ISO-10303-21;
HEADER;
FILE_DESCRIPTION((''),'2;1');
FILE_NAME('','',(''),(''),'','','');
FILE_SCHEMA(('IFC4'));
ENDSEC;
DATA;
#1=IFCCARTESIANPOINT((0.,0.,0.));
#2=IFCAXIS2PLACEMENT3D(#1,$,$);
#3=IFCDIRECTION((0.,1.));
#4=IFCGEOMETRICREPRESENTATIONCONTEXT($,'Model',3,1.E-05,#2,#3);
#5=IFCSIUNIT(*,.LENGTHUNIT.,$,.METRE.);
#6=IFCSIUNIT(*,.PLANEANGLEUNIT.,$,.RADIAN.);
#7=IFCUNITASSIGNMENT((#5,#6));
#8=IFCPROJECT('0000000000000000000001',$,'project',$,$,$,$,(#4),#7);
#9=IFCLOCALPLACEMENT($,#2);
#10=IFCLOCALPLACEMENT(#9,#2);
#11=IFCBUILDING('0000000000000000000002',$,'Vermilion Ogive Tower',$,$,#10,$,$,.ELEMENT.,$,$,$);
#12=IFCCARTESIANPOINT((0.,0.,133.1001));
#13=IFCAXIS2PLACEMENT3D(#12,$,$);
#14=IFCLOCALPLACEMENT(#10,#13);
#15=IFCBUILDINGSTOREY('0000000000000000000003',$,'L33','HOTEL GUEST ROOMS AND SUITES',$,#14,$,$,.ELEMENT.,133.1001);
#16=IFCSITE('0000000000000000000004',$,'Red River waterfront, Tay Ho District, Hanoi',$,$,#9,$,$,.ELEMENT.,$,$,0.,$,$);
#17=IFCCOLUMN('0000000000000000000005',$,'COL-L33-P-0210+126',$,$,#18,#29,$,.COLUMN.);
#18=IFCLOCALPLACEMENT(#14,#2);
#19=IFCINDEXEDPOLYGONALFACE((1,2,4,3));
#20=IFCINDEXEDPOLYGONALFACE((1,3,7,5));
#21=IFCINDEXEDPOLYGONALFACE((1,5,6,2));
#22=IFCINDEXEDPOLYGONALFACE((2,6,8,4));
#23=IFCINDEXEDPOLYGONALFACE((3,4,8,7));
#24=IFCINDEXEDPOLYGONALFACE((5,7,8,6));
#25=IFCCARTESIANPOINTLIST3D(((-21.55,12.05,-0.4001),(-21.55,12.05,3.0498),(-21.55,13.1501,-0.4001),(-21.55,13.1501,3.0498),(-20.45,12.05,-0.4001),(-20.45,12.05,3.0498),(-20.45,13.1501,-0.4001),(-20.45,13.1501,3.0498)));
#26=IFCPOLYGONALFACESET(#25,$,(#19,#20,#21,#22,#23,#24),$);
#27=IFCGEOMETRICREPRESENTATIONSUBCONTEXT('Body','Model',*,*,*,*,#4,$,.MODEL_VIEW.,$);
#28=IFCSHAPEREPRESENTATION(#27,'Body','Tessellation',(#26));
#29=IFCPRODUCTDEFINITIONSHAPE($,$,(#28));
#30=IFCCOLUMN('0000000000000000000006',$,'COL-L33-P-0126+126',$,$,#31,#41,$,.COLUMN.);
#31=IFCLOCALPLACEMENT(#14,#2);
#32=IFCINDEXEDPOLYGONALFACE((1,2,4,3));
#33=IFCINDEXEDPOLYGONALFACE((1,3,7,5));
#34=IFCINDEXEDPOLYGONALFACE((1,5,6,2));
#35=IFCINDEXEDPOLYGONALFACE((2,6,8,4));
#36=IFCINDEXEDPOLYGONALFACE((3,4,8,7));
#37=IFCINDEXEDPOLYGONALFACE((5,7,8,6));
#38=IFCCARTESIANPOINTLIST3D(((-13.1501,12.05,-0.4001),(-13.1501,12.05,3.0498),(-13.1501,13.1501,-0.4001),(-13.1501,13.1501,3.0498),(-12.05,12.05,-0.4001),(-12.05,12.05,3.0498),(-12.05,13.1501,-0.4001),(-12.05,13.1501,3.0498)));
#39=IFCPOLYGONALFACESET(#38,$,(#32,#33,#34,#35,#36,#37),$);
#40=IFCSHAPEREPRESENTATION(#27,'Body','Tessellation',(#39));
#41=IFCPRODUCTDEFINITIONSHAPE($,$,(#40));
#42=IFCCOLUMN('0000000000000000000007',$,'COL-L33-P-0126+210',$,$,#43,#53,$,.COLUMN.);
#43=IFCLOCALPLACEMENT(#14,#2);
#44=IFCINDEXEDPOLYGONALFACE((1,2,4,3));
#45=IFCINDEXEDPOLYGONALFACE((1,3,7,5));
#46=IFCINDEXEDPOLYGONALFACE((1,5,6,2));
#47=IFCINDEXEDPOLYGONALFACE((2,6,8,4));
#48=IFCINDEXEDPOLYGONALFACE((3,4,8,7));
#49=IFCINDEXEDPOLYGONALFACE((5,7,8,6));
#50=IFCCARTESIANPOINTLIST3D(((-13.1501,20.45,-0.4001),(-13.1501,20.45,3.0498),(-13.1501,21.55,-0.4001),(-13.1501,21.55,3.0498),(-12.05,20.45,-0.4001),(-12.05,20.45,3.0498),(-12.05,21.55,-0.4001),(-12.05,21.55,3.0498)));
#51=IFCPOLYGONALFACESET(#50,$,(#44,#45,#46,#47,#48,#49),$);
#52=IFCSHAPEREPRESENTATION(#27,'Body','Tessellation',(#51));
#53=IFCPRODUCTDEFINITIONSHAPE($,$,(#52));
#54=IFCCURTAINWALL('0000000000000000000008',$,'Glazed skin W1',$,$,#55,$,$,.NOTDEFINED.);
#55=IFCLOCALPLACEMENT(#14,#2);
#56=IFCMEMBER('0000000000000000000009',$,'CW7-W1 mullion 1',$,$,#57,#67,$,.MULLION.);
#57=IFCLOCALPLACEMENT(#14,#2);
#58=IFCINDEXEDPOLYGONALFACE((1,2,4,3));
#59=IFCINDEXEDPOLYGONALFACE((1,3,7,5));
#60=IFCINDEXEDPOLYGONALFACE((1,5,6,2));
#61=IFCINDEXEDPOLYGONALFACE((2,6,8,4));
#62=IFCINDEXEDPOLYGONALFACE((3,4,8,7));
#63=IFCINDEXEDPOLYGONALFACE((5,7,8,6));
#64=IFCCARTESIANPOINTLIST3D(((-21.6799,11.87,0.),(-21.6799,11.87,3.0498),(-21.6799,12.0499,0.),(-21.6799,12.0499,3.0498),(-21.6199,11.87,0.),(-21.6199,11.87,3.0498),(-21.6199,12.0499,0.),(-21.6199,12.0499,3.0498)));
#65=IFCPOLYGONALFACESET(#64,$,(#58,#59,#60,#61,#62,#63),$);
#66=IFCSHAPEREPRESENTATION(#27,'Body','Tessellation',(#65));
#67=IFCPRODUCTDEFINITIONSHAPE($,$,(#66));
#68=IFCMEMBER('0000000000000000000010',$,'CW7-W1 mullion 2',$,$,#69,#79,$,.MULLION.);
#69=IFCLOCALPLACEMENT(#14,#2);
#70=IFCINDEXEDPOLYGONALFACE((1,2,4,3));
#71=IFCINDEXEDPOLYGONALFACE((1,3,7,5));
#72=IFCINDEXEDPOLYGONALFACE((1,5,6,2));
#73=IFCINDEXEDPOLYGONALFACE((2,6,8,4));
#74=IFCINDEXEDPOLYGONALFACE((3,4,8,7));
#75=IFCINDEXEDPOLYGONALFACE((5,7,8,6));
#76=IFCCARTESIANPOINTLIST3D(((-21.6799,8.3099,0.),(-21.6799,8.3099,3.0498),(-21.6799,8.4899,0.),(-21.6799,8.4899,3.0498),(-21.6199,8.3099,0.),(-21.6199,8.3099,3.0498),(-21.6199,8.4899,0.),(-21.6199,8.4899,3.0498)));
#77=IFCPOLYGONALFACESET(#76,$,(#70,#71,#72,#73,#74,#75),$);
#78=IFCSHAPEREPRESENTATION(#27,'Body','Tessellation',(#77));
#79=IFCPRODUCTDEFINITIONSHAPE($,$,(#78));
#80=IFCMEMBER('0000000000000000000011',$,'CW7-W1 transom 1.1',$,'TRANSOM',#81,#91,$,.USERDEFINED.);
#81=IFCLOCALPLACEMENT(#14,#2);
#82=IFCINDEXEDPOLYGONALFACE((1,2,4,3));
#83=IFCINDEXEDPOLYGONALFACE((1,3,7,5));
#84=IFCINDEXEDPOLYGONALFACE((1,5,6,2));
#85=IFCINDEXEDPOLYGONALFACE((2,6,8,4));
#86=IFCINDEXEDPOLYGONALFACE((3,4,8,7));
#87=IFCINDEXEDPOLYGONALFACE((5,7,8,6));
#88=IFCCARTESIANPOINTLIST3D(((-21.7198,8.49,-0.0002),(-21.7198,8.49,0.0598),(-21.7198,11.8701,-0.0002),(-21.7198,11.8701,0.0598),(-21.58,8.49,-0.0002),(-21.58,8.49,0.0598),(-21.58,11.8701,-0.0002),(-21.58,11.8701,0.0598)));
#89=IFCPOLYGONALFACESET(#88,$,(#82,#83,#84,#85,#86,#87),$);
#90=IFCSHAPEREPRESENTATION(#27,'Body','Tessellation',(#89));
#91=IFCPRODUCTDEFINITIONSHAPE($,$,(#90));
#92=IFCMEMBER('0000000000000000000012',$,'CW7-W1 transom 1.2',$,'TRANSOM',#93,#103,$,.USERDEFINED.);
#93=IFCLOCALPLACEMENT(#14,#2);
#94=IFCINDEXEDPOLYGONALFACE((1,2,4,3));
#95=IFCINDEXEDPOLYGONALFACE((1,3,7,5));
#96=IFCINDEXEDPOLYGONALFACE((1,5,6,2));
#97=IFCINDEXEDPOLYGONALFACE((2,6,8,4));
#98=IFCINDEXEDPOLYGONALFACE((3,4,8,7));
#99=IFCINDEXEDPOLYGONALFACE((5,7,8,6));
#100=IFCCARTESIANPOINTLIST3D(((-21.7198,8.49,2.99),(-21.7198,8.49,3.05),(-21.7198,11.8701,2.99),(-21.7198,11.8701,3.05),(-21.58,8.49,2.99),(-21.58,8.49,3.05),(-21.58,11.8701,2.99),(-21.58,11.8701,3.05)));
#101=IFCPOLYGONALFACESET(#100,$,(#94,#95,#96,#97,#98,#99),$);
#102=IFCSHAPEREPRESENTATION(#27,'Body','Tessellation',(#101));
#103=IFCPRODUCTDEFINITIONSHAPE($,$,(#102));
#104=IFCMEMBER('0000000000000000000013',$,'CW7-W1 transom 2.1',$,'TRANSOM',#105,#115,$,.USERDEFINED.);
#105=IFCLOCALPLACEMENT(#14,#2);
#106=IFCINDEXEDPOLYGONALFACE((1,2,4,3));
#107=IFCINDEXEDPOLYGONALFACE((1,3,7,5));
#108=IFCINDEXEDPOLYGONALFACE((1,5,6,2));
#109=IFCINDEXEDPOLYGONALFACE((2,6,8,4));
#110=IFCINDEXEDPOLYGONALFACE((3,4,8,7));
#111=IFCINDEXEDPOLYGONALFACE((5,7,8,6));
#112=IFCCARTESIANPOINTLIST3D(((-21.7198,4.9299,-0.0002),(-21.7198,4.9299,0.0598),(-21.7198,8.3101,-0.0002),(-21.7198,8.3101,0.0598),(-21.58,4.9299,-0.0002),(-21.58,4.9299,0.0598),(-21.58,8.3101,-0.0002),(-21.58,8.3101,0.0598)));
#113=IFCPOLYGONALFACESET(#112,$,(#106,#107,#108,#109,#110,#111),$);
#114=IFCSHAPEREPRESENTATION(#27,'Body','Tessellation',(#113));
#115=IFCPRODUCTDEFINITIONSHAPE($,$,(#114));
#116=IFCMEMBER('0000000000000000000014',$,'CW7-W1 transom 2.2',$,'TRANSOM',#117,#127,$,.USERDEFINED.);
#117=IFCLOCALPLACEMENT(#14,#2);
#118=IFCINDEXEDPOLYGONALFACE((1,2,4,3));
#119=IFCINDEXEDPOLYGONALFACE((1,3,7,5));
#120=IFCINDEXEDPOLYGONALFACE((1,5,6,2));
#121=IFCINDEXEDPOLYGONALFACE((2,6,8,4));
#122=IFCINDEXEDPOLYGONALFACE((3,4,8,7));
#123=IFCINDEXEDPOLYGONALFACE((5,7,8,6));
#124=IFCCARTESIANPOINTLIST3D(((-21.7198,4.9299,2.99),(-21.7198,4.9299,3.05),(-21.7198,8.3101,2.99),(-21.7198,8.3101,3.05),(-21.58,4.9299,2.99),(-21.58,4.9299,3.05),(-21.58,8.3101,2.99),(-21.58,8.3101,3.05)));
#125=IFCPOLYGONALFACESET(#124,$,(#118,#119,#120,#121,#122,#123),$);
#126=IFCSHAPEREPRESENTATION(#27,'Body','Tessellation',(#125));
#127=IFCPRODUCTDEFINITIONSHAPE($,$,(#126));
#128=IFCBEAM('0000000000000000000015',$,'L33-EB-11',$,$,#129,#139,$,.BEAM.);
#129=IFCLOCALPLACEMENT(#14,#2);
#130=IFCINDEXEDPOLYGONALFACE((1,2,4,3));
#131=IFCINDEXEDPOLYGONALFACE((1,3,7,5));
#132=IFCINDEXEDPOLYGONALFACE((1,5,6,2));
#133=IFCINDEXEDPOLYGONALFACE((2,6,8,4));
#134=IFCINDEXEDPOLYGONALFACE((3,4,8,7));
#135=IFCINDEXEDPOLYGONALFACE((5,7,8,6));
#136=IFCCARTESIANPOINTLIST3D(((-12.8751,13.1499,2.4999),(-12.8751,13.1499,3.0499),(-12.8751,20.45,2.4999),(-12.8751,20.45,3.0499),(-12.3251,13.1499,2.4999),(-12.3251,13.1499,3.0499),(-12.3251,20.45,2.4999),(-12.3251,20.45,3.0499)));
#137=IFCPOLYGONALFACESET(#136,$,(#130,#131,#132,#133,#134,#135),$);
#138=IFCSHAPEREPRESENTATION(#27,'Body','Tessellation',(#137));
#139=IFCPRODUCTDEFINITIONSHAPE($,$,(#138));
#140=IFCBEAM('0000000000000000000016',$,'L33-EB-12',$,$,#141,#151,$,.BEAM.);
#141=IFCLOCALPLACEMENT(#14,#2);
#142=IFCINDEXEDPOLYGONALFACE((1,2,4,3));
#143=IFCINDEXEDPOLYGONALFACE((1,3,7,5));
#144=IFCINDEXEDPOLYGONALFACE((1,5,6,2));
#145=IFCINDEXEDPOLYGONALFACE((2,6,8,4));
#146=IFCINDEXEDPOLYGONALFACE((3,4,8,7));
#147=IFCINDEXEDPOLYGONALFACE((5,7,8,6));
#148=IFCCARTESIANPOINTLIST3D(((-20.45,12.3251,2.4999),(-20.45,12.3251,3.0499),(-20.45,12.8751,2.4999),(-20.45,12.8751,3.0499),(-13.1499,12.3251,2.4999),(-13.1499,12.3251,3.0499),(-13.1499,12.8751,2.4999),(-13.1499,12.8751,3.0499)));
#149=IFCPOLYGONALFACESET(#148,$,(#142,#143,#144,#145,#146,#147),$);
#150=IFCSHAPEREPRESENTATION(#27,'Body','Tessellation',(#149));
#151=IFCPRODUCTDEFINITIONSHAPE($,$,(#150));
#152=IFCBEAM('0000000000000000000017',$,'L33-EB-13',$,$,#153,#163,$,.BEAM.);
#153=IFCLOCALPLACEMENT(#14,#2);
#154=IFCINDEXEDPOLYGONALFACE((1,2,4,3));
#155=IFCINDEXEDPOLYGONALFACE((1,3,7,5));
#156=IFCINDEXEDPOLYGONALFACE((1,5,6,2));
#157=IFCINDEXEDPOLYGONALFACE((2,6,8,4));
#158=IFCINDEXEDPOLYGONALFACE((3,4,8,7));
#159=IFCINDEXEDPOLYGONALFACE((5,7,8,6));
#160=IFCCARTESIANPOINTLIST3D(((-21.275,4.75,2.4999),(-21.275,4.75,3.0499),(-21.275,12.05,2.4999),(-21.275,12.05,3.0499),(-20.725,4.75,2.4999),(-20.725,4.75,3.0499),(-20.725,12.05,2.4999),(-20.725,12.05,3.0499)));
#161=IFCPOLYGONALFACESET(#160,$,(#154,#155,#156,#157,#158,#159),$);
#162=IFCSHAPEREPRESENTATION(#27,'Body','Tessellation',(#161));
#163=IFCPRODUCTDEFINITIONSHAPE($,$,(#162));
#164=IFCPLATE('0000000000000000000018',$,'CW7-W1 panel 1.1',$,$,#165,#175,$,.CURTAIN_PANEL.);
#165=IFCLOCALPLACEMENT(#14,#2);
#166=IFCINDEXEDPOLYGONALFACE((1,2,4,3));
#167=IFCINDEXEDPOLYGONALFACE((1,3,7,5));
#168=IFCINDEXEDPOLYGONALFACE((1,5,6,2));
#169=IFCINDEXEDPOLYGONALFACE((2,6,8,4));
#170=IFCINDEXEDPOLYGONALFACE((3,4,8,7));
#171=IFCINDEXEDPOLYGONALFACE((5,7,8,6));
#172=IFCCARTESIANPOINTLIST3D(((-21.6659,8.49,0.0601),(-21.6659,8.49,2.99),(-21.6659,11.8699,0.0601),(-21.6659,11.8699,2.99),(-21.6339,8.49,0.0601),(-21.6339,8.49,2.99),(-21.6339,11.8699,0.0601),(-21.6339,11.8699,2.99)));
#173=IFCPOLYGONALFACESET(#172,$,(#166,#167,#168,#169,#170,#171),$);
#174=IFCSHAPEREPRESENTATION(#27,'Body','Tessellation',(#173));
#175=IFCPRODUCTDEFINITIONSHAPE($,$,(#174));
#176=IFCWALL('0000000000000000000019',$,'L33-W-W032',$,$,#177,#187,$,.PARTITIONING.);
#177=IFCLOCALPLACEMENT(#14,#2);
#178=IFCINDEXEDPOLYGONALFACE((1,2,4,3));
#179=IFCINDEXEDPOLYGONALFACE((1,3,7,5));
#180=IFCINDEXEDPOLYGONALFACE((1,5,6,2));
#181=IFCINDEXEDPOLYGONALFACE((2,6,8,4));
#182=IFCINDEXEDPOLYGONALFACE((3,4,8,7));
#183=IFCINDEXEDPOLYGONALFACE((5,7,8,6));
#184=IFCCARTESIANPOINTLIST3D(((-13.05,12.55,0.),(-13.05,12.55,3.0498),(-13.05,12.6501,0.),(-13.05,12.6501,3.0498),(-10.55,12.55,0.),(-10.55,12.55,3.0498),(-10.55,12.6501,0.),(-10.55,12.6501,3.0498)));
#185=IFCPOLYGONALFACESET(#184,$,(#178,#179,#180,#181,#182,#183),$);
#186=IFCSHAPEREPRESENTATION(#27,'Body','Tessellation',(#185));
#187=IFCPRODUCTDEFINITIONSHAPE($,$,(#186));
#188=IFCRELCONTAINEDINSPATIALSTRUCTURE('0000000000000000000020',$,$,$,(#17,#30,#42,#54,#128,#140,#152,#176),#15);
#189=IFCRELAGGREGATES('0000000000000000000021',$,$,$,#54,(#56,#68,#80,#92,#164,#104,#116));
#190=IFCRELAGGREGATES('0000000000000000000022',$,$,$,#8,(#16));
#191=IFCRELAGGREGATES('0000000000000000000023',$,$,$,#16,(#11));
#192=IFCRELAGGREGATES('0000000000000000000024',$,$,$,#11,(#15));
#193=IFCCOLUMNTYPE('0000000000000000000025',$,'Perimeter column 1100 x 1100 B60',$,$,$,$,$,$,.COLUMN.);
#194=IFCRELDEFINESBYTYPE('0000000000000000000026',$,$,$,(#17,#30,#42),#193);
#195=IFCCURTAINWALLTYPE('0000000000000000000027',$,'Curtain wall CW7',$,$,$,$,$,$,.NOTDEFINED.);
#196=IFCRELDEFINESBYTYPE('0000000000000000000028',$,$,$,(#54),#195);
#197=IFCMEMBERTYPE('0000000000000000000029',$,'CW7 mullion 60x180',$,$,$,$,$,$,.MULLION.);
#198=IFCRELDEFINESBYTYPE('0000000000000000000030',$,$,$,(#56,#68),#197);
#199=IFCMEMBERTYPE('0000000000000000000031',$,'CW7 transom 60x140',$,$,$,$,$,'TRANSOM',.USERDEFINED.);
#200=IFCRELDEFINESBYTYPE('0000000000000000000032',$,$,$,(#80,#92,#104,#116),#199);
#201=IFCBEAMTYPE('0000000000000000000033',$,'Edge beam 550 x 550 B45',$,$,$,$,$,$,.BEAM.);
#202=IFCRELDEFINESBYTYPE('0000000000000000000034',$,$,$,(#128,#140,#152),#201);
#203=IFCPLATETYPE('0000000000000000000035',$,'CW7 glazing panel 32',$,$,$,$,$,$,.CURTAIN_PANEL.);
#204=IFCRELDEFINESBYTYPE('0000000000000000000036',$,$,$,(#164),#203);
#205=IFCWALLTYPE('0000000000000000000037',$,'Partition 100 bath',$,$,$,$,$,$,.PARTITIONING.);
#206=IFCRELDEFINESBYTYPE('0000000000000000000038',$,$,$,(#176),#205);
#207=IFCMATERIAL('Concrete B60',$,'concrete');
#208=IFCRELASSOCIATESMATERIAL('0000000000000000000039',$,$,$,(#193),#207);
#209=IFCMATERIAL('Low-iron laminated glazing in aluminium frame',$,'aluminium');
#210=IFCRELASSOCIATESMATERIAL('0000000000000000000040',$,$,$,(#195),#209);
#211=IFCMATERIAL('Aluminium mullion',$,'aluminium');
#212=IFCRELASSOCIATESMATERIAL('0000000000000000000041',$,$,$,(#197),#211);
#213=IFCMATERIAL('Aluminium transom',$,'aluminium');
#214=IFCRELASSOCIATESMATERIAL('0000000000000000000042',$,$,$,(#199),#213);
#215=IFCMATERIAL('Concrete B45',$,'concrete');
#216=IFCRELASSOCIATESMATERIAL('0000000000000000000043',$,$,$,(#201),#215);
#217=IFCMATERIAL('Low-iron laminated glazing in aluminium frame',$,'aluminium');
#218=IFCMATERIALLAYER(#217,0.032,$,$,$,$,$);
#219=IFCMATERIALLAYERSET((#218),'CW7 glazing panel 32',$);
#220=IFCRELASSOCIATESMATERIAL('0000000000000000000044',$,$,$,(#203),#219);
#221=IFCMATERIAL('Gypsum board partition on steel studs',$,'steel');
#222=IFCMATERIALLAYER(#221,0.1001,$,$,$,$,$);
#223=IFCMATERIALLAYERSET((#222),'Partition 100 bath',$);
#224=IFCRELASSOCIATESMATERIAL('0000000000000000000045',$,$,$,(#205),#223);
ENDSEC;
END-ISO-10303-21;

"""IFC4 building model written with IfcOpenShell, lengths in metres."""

from ifc_helpers import new_model, si_unit, direction, frame, frame_2d, origin, origin_2d, place, context, subcontext, project, spatial, rectangle, extrude, material, layer, layer_set, material_profile, profile_set, type_object, element, aggregate, save


model = new_model("IFC4")

# Units and contexts
model_context = context("Model", 3, precision=1e-05, world=origin(), true_north=direction((0.0, 1.0)))
body_context = subcontext(model_context, "Body", "Model", "MODEL_VIEW")
ifc_project = project(units=[si_unit("LENGTHUNIT", "METRE"), si_unit("PLANEANGLEUNIT", "RADIAN")], contexts=[model_context])

# Site, building, storey
site_placement = place(None, origin())
site = spatial("IfcSite", under=ifc_project, at=site_placement, Name="Red River waterfront, Tay Ho District, Hanoi", CompositionType="ELEMENT", RefElevation=0.0)
building_placement = place(site_placement, origin())
building = spatial("IfcBuilding", under=site, at=building_placement, Name="Vermilion Ogive Tower", CompositionType="ELEMENT")
storey_placement = place(building_placement, frame((0.0, 0.0, 133.1001)))
storey = spatial("IfcBuildingStorey", under=building, at=storey_placement, Name="L33", Description="HOTEL GUEST ROOMS AND SUITES", CompositionType="ELEMENT", Elevation=133.1001)

# Columns
ifc_material_1 = material(Name="Concrete B60", Category="concrete")
ifc_material_profile_1 = material_profile(ifc_material_1, rectangle(XDim=1.1001, YDim=1.1001, at=origin_2d()), Name="1100 x 1100")
ifc_profile_set_1 = profile_set([ifc_material_profile_1], Name="Concrete B60")
column_type = type_object("IfcColumnType", Name="Perimeter column 1100 x 1100 B60", PredefinedType="COLUMN", material=ifc_profile_set_1)
for number, where, z_axis, x_axis, name in (
    (1, (-21.0, 12.6001, -0.4001), (0.0, 0.0, 1.0), (1.0, 0.0, 0.0), "COL-L33-P-0210+126"),
    (2, (-12.6001, 12.6001, -0.4001), (0.0, 0.0, 1.0), (1.0, 0.0, 0.0), "COL-L33-P-0126+126"),
    (3, (-12.6001, 21.0, -0.4001), (0.0, 0.0, 1.0), (1.0, 0.0, 0.0), "COL-L33-P-0126+210"),
):
    element("IfcColumn", number, at=place(storey_placement, frame(where, z_axis=z_axis, x_axis=x_axis)), inside=storey, type_object=column_type, Name=name, PredefinedType="COLUMN", context=body_context, shape_type="SweptSolid", body=[
        extrude(rectangle(XDim=1.1001, YDim=1.1001, at=origin_2d()), origin(), (0.0, 0.0, 1.0), 3.45),
    ])

# Curtain wall, members
ifc_material_2 = material(Name="Low-iron laminated glazing in aluminium frame", Category="aluminium")
curtain_wall_type = type_object("IfcCurtainWallType", Name="Curtain wall CW7", PredefinedType="NOTDEFINED", material=ifc_material_2)
curtain_wall_placement = place(storey_placement, origin())
curtain_wall = element("IfcCurtainWall", 4, at=curtain_wall_placement, inside=storey, type_object=curtain_wall_type, Name="Glazed skin W1", PredefinedType="NOTDEFINED")
ifc_material_3 = material(Name="Aluminium mullion", Category="aluminium")
ifc_material_profile_2 = material_profile(ifc_material_3, rectangle(XDim=0.0601, YDim=0.1799, at=origin_2d()), Name="AL 60x180")
ifc_profile_set_2 = profile_set([ifc_material_profile_2], Name="Aluminium mullion")
member_type_1 = type_object("IfcMemberType", Name="CW7 mullion 60x180", PredefinedType="MULLION", material=ifc_profile_set_2)
member_1_placement = place(storey_placement, frame((-21.6499, 11.96, 0.0), z_axis=(0.0, 0.0, 1.0), x_axis=(1.0, 0.0, 0.0)))
member_1 = element("IfcMember", 5, at=member_1_placement, type_object=member_type_1, Name="CW7-W1 mullion 1", PredefinedType="MULLION", context=body_context, shape_type="SweptSolid", body=[
    extrude(rectangle(XDim=0.0601, YDim=0.1799, at=origin_2d()), origin(), (0.0, 0.0, 1.0), 3.0498),
])
member_2_placement = place(storey_placement, frame((-21.6499, 8.3999, 0.0), z_axis=(0.0, 0.0, 1.0), x_axis=(1.0, 0.0, 0.0)))
member_2 = element("IfcMember", 6, at=member_2_placement, type_object=member_type_1, Name="CW7-W1 mullion 2", PredefinedType="MULLION", context=body_context, shape_type="SweptSolid", body=[
    extrude(rectangle(XDim=0.0601, YDim=0.1799, at=origin_2d()), origin(), (0.0, 0.0, 1.0), 3.0498),
])
ifc_material_4 = material(Name="Aluminium transom", Category="aluminium")
ifc_material_profile_3 = material_profile(ifc_material_4, rectangle(XDim=0.1399, YDim=0.0601, at=origin_2d()), Name="AL 60x140")
ifc_profile_set_3 = profile_set([ifc_material_profile_3], Name="Aluminium transom")
member_type_2 = type_object("IfcMemberType", Name="CW7 transom 60x140", ElementType="TRANSOM", PredefinedType="USERDEFINED", material=ifc_profile_set_3)
member_3_placement = place(storey_placement, frame((-21.6499, 11.8701, 0.0298), z_axis=(0.0, -1.0, 0.0), x_axis=(1.0, 0.0, 0.0)))
member_3 = element("IfcMember", 7, at=member_3_placement, type_object=member_type_2, Name="CW7-W1 transom 1.1", ObjectType="TRANSOM", PredefinedType="USERDEFINED", context=body_context, shape_type="SweptSolid", body=[
    extrude(rectangle(XDim=0.1399, YDim=0.0601, at=origin_2d()), origin(), (0.0, 0.0, 1.0), 3.3801),
])
member_4_placement = place(storey_placement, frame((-21.6499, 11.8701, 3.02), z_axis=(0.0, -1.0, 0.0), x_axis=(1.0, 0.0, 0.0)))
member_4 = element("IfcMember", 8, at=member_4_placement, type_object=member_type_2, Name="CW7-W1 transom 1.2", ObjectType="TRANSOM", PredefinedType="USERDEFINED", context=body_context, shape_type="SweptSolid", body=[
    extrude(rectangle(XDim=0.1399, YDim=0.0601, at=origin_2d()), origin(), (0.0, 0.0, 1.0), 3.3801),
])
member_5_placement = place(storey_placement, frame((-21.6499, 8.3101, 0.0298), z_axis=(0.0, -1.0, 0.0), x_axis=(1.0, 0.0, 0.0)))
member_5 = element("IfcMember", 9, at=member_5_placement, type_object=member_type_2, Name="CW7-W1 transom 2.1", ObjectType="TRANSOM", PredefinedType="USERDEFINED", context=body_context, shape_type="SweptSolid", body=[
    extrude(rectangle(XDim=0.1399, YDim=0.0601, at=origin_2d()), origin(), (0.0, 0.0, 1.0), 3.3801),
])
member_6_placement = place(storey_placement, frame((-21.6499, 8.3101, 3.02), z_axis=(0.0, -1.0, 0.0), x_axis=(1.0, 0.0, 0.0)))
member_6 = element("IfcMember", 10, at=member_6_placement, type_object=member_type_2, Name="CW7-W1 transom 2.2", ObjectType="TRANSOM", PredefinedType="USERDEFINED", context=body_context, shape_type="SweptSolid", body=[
    extrude(rectangle(XDim=0.1399, YDim=0.0601, at=origin_2d()), origin(), (0.0, 0.0, 1.0), 3.3801),
])

# Beams
ifc_material_5 = material(Name="Concrete B45", Category="concrete")
ifc_material_profile_4 = material_profile(ifc_material_5, rectangle(XDim=0.55, YDim=0.55, at=origin_2d()), Name="550 x 550")
ifc_profile_set_4 = profile_set([ifc_material_profile_4], Name="Concrete B45")
beam_type = type_object("IfcBeamType", Name="Edge beam 550 x 550 B45", PredefinedType="BEAM", material=ifc_profile_set_4)
for number, where, z_axis, x_axis, name in (
    (11, (-12.6001, 20.45, 2.7749), (0.0, -1.0, 0.0), (1.0, 0.0, 0.0), "L33-EB-11"),
    (12, (-13.1499, 12.6001, 2.7749), (-1.0, 0.0, 0.0), (0.0, -1.0, 0.0), "L33-EB-12"),
    (13, (-21.0, 12.05, 2.7749), (0.0, -1.0, 0.0), (1.0, 0.0, 0.0), "L33-EB-13"),
):
    element("IfcBeam", number, at=place(storey_placement, frame(where, z_axis=z_axis, x_axis=x_axis)), inside=storey, type_object=beam_type, Name=name, PredefinedType="BEAM", context=body_context, shape_type="SweptSolid", body=[
        extrude(rectangle(XDim=0.55, YDim=0.55, at=origin_2d()), origin(), (0.0, 0.0, 1.0), 7.3),
    ])

# Plate
ifc_material_6 = material(Name="Low-iron laminated glazing in aluminium frame", Category="aluminium")
ifc_layer_1 = layer(ifc_material_6, 0.032)
ifc_layer_set_1 = layer_set([ifc_layer_1], Name="CW7 glazing panel 32")
plate_type = type_object("IfcPlateType", Name="CW7 glazing panel 32", PredefinedType="CURTAIN_PANEL", material=ifc_layer_set_1)
plate_placement = place(storey_placement, frame((-21.6499, 10.1799, 0.0601), z_axis=(0.0, 0.0, 1.0), x_axis=(0.0, -1.0, 0.0)))
plate = element("IfcPlate", 14, at=plate_placement, type_object=plate_type, Name="CW7-W1 panel 1.1", PredefinedType="CURTAIN_PANEL", context=body_context, shape_type="SweptSolid", body=[
    extrude(rectangle(XDim=3.3799, YDim=0.032, at=origin_2d()), origin(), (0.0, 0.0, 1.0), 2.9299),
])
aggregate(curtain_wall, [member_1, member_2, member_3, member_4, plate, member_5, member_6])

# Wall
ifc_material_7 = material(Name="Gypsum board partition on steel studs", Category="steel")
ifc_layer_2 = layer(ifc_material_7, 0.1001)
ifc_layer_set_2 = layer_set([ifc_layer_2], Name="Partition 100 bath")
wall_type_1 = type_object("IfcWallType", Name="Partition 100 bath", PredefinedType="PARTITIONING", material=ifc_layer_set_2)
wall_1_placement = place(storey_placement, frame((-13.05, 12.6001, 0.0), z_axis=(0.0, 0.0, 1.0), x_axis=(1.0, 0.0, 0.0)))
element("IfcWall", 15, at=wall_1_placement, inside=storey, type_object=wall_type_1, Name="L33-W-W032", PredefinedType="PARTITIONING", context=body_context, shape_type="SweptSolid", body=[
    extrude(rectangle(XDim=2.5, YDim=0.1001, at=frame_2d((1.25, 0.0))), origin(), (0.0, 0.0, 1.0), 3.0498),
])

save(model, "model.ifc")
